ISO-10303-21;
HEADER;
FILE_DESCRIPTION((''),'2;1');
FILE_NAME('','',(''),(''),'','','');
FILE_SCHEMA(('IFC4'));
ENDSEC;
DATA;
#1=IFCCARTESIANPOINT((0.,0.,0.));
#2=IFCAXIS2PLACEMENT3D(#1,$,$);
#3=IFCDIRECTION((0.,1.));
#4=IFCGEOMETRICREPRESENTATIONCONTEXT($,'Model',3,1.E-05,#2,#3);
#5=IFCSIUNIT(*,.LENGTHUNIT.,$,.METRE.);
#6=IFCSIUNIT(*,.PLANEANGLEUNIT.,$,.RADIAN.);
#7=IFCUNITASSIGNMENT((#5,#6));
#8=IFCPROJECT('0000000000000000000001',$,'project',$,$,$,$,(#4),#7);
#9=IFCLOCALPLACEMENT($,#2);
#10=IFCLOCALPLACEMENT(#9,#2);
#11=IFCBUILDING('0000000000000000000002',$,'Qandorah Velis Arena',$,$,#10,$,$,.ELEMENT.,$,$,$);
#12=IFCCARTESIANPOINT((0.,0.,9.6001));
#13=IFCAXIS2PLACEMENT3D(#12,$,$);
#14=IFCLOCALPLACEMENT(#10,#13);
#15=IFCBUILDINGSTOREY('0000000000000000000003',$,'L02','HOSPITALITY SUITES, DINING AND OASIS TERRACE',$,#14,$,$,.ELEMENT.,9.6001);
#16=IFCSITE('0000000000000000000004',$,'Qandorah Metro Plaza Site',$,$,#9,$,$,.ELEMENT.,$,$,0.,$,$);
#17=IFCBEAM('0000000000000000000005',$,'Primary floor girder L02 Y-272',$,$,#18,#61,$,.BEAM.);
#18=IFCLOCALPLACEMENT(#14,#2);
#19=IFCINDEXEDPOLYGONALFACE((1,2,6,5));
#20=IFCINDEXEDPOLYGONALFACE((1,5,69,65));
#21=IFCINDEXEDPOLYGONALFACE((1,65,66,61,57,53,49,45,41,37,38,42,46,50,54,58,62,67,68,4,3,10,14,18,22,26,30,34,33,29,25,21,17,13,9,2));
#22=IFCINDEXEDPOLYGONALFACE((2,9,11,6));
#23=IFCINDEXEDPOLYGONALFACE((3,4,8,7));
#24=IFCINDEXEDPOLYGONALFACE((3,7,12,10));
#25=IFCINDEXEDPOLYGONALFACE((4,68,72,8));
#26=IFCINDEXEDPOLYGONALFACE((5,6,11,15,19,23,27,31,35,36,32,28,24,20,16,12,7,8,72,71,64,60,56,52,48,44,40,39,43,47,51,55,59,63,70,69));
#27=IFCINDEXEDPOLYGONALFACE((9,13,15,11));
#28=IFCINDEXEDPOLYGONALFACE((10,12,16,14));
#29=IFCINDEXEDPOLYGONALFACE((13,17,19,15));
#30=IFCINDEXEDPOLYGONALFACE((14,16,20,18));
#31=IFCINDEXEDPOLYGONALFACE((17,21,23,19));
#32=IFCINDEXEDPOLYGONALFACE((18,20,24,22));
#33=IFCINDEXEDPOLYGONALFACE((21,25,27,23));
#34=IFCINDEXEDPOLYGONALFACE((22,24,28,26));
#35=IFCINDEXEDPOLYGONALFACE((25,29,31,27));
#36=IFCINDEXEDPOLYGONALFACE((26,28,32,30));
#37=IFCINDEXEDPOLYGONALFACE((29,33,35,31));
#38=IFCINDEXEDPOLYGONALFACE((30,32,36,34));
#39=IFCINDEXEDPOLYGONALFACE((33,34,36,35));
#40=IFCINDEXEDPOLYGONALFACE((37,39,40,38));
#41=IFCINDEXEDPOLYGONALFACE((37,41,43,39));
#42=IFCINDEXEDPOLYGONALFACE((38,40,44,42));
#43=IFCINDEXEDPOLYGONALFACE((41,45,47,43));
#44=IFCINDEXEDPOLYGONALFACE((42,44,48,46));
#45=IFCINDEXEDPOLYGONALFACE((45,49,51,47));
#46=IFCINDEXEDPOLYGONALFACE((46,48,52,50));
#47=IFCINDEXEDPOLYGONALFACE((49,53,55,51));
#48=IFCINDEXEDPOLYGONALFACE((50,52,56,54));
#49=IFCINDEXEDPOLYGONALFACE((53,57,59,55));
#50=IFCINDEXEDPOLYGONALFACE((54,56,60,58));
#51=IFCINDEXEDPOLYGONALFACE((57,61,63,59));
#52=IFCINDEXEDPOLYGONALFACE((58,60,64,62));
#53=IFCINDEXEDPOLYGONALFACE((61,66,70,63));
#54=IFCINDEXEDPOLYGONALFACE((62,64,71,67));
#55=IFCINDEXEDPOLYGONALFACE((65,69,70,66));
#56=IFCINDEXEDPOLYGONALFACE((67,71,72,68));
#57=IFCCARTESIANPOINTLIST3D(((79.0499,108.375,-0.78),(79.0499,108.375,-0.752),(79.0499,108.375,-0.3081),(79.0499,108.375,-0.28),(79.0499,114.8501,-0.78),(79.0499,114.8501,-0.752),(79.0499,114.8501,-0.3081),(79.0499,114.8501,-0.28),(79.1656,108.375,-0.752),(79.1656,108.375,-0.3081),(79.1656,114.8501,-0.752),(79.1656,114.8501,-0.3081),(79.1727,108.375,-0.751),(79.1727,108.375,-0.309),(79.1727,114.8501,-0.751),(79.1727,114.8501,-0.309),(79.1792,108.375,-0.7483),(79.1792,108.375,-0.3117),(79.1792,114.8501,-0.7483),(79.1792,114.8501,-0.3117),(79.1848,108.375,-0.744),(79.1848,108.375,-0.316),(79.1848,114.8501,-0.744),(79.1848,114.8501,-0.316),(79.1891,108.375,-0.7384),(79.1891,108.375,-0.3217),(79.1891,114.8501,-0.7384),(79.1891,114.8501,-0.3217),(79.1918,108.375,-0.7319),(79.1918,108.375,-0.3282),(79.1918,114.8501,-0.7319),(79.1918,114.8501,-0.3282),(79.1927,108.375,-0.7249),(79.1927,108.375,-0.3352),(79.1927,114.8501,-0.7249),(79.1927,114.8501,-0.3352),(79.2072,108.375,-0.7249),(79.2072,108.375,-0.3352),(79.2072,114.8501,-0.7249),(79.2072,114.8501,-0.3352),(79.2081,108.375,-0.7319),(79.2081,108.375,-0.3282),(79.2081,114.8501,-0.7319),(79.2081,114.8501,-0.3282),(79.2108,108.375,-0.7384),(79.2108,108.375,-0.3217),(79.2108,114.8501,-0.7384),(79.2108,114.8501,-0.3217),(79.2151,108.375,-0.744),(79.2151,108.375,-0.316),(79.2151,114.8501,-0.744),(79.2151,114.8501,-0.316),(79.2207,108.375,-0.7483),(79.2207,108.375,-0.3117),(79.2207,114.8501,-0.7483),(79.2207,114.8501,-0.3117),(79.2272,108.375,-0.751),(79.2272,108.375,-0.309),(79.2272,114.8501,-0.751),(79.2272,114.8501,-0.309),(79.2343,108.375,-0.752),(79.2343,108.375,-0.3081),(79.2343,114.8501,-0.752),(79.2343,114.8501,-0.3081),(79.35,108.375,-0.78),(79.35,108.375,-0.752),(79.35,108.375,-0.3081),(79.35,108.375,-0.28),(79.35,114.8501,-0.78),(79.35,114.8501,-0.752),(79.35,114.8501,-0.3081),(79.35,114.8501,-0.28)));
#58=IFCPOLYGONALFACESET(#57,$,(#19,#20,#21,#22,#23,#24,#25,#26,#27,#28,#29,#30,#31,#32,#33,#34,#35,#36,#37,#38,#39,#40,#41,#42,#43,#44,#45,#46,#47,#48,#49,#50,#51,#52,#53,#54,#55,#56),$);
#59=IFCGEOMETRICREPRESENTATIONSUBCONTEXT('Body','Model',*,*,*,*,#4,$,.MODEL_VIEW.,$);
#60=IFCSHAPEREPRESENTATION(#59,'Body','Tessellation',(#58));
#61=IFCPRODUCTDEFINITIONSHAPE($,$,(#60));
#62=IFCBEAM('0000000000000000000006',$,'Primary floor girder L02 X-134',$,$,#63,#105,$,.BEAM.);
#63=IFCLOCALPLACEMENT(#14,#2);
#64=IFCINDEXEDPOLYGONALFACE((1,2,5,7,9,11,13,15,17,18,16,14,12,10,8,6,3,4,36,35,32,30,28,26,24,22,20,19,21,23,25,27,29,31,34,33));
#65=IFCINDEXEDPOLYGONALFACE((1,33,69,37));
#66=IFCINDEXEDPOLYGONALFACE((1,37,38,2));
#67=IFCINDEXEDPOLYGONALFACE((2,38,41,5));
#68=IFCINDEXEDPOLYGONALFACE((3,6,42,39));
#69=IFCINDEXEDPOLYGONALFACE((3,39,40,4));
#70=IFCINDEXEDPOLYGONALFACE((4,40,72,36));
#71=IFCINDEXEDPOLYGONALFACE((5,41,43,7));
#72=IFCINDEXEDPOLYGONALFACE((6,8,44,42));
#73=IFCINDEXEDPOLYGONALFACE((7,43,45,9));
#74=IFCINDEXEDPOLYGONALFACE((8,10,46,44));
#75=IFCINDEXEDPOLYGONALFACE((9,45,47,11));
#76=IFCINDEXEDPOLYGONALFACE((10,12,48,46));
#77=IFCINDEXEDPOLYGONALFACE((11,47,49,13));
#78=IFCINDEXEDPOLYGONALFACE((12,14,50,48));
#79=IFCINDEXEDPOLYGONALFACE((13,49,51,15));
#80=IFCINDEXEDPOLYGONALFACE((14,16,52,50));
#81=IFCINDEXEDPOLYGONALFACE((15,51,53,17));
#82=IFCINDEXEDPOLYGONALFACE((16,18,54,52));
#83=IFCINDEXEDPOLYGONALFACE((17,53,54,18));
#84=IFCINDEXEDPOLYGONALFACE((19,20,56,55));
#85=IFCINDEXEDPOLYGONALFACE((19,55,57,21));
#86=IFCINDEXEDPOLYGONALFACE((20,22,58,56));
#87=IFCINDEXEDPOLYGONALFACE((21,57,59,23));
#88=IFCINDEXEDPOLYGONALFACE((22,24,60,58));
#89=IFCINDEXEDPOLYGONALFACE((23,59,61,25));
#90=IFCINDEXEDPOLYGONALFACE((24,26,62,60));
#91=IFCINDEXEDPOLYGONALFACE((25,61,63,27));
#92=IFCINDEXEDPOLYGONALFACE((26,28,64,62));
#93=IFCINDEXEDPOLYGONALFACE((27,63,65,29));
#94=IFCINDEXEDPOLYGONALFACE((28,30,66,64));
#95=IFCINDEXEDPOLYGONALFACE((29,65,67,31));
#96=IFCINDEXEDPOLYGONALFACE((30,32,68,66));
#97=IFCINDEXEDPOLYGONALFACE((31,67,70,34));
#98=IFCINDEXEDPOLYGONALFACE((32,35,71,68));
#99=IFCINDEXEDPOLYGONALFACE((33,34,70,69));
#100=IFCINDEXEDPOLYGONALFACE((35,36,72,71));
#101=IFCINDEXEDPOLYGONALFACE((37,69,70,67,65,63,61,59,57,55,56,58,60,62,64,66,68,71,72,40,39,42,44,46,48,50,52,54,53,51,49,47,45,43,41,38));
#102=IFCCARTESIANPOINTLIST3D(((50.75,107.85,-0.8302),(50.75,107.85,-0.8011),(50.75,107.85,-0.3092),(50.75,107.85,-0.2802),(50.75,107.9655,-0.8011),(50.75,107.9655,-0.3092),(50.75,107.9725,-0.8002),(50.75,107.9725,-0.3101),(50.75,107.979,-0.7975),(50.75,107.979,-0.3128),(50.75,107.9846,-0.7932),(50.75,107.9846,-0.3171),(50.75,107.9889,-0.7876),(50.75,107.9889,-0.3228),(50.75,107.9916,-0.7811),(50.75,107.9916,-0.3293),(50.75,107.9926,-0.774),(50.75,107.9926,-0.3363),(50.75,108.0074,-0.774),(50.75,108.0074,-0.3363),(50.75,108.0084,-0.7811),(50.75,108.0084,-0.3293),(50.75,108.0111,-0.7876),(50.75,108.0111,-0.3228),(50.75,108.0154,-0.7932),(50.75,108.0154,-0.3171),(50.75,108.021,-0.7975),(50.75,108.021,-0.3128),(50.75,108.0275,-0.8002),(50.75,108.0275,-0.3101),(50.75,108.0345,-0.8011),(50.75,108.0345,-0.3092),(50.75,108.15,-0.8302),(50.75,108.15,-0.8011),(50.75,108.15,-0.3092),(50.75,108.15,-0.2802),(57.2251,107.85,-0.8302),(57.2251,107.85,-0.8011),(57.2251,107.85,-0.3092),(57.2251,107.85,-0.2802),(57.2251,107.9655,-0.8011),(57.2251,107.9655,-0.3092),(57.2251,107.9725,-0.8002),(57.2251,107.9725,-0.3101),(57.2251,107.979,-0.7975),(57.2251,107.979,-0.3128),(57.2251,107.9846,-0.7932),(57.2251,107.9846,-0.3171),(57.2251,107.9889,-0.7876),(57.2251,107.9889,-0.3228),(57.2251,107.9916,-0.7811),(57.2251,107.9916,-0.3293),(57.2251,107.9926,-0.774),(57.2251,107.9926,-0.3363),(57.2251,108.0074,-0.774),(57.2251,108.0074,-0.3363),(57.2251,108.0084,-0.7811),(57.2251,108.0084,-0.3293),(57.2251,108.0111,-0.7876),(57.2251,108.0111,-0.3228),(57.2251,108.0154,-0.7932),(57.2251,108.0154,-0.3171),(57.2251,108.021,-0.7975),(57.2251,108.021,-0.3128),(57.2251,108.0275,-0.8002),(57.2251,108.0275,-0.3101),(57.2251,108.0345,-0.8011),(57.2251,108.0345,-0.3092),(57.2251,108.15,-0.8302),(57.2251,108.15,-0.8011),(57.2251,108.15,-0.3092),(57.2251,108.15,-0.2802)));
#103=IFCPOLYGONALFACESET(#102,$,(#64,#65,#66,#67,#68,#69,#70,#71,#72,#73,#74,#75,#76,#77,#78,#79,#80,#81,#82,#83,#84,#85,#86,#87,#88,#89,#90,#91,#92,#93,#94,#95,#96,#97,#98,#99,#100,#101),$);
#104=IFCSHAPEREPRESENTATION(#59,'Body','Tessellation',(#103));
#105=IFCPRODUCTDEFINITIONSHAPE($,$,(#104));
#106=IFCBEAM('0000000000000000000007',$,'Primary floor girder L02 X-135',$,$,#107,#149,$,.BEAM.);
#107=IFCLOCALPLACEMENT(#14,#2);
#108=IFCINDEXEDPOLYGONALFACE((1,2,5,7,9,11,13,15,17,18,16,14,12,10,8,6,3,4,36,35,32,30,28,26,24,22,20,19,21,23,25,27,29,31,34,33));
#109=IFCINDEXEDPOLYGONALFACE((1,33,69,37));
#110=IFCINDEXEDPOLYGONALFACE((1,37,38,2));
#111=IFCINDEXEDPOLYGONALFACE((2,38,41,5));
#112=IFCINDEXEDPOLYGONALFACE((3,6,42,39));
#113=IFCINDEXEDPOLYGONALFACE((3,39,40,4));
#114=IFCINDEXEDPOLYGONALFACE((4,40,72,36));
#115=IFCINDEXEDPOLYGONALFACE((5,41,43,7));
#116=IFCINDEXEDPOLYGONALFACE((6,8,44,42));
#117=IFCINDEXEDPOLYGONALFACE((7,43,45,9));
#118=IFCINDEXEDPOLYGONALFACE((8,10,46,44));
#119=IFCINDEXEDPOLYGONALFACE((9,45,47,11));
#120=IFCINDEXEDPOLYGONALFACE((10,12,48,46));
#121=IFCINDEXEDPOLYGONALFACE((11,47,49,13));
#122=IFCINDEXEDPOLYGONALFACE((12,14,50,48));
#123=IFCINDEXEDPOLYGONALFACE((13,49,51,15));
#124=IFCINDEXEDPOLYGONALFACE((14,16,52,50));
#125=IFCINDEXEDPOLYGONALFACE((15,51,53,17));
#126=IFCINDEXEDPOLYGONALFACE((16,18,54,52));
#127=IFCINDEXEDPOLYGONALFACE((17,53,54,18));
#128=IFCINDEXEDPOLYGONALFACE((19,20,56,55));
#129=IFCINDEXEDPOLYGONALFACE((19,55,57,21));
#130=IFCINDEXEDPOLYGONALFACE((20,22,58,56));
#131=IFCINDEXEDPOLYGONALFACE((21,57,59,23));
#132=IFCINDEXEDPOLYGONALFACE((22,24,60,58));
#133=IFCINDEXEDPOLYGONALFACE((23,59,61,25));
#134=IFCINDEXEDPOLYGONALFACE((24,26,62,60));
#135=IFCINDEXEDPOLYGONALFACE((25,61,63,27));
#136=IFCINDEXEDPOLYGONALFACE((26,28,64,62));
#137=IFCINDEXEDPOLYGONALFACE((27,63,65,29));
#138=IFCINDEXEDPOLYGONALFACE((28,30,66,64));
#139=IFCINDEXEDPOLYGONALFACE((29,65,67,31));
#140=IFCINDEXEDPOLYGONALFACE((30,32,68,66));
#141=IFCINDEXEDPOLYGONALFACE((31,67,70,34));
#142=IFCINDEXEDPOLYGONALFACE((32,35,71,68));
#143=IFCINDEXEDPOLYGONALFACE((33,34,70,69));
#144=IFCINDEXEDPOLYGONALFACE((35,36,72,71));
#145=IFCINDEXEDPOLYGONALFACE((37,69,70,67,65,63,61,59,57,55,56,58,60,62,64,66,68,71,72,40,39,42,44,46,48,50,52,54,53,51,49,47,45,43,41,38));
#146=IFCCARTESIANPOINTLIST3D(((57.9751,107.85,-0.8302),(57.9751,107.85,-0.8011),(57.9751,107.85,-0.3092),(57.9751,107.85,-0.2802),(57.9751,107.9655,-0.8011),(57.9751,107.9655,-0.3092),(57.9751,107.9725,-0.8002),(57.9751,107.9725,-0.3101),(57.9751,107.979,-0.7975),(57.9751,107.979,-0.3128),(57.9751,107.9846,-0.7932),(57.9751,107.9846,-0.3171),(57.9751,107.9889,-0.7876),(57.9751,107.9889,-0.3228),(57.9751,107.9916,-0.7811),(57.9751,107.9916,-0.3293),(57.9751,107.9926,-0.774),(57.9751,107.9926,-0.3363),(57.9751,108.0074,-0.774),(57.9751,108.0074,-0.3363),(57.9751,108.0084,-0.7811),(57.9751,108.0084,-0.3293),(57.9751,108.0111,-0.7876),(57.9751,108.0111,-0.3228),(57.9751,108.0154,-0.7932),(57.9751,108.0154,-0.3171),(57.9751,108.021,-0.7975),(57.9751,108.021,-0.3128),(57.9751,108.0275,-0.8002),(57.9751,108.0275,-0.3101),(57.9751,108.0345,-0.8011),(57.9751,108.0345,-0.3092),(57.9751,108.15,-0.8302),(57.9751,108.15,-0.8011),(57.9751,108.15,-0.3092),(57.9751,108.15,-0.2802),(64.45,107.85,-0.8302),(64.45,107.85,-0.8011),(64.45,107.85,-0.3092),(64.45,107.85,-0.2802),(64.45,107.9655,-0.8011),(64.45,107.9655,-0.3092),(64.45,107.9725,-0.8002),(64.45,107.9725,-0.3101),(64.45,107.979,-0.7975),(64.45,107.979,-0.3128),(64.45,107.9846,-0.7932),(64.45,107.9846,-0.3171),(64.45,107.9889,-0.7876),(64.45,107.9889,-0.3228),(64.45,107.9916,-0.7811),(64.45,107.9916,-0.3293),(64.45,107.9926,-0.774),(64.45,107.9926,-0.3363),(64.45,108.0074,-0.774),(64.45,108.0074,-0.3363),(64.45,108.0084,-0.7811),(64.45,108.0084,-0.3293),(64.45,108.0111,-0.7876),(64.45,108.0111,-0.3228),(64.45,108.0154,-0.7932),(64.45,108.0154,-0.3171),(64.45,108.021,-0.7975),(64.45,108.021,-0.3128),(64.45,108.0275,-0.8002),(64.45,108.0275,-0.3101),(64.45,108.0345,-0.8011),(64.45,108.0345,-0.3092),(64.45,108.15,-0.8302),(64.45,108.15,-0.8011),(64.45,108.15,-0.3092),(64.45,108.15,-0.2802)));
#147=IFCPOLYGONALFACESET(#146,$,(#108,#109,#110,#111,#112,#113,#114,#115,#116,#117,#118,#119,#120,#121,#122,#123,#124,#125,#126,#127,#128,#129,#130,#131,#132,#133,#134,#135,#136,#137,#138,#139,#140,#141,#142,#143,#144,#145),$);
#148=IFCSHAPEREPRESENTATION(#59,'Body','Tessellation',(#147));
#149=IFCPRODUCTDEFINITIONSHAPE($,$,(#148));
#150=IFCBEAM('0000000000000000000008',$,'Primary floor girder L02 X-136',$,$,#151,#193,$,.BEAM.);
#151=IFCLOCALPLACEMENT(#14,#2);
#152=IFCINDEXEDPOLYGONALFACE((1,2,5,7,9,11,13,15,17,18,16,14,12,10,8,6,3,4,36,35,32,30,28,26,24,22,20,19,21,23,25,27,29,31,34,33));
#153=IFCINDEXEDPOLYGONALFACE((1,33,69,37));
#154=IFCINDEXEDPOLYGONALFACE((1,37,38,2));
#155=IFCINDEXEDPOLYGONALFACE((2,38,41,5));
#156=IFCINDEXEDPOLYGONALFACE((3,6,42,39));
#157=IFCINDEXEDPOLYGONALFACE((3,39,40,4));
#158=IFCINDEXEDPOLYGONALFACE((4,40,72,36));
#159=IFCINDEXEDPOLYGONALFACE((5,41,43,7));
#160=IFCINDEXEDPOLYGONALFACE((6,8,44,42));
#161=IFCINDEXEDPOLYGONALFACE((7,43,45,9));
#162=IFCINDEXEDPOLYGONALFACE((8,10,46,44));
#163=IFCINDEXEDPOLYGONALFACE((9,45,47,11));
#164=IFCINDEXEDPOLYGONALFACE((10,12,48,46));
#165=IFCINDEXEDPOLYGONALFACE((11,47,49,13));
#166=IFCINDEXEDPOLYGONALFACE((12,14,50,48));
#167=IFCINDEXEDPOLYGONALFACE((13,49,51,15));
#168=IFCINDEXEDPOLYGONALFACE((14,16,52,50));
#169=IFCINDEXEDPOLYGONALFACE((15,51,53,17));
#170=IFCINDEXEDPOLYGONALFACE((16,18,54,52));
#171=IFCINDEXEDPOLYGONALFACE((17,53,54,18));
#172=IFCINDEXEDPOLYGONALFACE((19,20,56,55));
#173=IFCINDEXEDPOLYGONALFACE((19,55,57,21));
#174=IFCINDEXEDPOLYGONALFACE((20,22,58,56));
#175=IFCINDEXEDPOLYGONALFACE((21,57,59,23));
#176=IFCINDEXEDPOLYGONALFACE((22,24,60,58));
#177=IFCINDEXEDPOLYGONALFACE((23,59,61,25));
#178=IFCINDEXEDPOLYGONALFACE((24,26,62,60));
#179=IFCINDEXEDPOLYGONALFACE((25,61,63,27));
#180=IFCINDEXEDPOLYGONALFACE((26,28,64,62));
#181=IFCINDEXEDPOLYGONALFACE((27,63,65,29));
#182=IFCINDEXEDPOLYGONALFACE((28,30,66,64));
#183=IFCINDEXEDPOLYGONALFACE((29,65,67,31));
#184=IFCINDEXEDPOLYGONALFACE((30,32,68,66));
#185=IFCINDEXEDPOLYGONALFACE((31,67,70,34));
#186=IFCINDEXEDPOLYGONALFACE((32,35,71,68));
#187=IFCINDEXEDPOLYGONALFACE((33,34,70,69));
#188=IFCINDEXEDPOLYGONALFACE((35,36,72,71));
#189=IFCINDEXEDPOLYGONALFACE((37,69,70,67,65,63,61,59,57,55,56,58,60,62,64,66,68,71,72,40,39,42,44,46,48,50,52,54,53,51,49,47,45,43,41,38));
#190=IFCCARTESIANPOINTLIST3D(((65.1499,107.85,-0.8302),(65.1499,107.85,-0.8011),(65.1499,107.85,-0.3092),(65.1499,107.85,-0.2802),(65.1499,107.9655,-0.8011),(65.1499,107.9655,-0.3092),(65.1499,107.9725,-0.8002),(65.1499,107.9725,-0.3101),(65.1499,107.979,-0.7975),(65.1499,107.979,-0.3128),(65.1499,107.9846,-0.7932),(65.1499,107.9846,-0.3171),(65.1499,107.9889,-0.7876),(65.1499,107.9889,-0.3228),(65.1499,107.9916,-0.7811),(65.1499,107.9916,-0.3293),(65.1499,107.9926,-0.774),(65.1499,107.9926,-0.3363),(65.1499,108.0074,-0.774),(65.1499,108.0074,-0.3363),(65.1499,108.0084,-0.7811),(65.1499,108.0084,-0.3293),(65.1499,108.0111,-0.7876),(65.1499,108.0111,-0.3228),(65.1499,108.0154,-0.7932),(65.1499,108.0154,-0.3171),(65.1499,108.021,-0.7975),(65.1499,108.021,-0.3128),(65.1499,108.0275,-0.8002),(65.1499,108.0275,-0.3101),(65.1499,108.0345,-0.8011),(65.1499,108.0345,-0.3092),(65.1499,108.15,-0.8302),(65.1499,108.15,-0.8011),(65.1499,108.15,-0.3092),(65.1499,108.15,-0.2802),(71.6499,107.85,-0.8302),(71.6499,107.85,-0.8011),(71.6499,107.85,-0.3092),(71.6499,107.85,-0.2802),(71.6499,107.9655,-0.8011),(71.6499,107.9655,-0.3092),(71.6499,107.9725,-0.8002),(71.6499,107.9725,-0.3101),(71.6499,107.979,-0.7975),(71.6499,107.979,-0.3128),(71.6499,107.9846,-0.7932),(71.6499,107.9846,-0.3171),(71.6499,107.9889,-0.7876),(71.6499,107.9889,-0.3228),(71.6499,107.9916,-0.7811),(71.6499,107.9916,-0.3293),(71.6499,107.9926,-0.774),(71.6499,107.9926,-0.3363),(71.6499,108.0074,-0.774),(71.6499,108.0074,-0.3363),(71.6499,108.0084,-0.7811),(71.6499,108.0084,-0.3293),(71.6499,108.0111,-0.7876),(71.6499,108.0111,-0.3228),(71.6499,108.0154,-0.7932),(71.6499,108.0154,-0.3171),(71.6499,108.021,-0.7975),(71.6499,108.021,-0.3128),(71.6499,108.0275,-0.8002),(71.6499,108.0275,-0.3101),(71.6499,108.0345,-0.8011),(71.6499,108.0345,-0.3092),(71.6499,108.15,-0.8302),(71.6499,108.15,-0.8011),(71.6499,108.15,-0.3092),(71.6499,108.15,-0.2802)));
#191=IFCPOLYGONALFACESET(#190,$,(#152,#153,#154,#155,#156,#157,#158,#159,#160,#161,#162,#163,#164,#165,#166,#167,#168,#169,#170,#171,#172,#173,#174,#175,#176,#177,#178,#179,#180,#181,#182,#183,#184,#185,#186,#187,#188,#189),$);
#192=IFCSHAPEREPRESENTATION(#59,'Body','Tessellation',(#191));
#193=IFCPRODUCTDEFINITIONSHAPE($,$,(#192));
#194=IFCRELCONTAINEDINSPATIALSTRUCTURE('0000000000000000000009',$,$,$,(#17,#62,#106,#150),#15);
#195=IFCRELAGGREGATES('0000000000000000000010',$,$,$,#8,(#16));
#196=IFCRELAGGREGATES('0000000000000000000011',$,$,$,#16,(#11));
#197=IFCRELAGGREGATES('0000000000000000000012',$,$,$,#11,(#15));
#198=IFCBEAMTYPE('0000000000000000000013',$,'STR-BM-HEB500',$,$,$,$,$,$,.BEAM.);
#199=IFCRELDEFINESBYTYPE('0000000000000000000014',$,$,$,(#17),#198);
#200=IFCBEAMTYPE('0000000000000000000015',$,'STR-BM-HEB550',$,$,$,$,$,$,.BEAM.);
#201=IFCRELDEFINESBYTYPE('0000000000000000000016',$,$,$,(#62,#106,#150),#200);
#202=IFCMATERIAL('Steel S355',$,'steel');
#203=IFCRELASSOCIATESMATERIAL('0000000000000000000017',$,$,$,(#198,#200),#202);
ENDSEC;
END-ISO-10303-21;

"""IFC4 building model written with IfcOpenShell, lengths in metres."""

from ifc_helpers import new_model, si_unit, direction, frame, origin, origin_2d, place, context, subcontext, project, spatial, i_section, extrude, material, material_profile, profile_set, type_object, element, save


model = new_model("IFC4")

# Units and contexts
model_context = context("Model", 3, precision=1e-05, world=origin(), true_north=direction((0.0, 1.0)))
body_context = subcontext(model_context, "Body", "Model", "MODEL_VIEW")
ifc_project = project(units=[si_unit("LENGTHUNIT", "METRE"), si_unit("PLANEANGLEUNIT", "RADIAN")], contexts=[model_context])

# Site, building, storey
site_placement = place(None, origin())
site = spatial("IfcSite", under=ifc_project, at=site_placement, Name="Qandorah Metro Plaza Site", CompositionType="ELEMENT", RefElevation=0.0)
building_placement = place(site_placement, origin())
building = spatial("IfcBuilding", under=site, at=building_placement, Name="Qandorah Velis Arena", CompositionType="ELEMENT")
storey_placement = place(building_placement, frame((0.0, 0.0, 9.6001)))
storey = spatial("IfcBuildingStorey", under=building, at=storey_placement, Name="L02", Description="HOSPITALITY SUITES, DINING AND OASIS TERRACE", CompositionType="ELEMENT", Elevation=9.6001)

# Shared definitions
ifc_material_1 = material(Name="Steel S355", Category="steel")

# Beams
ifc_material_profile_1 = material_profile(ifc_material_1, i_section(OverallWidth=0.3, OverallDepth=0.5, WebThickness=0.0144, FlangeThickness=0.0281, FilletRadius=0.0271, at=origin_2d()), Name="HEB 500")
ifc_profile_set_1 = profile_set([ifc_material_profile_1], Name="Steel S355")
beam_type_1 = type_object("IfcBeamType", Name="STR-BM-HEB500", PredefinedType="BEAM", material=ifc_profile_set_1)
beam_1_placement = place(storey_placement, frame((79.2, 108.375, -0.53), z_axis=(0.0, 1.0, 0.0), x_axis=(-1.0, 0.0, 0.0)))
element("IfcBeam", 1, at=beam_1_placement, inside=storey, type_object=beam_type_1, Name="Primary floor girder L02 Y-272", PredefinedType="BEAM", context=body_context, shape_type="SweptSolid", body=[
    extrude(i_section(OverallWidth=0.3, OverallDepth=0.5, WebThickness=0.0144, FlangeThickness=0.0281, FilletRadius=0.0271, at=origin_2d()), origin(), (0.0, 0.0, 1.0), 6.4751),
])
ifc_material_profile_2 = material_profile(ifc_material_1, i_section(OverallWidth=0.3, OverallDepth=0.55, WebThickness=0.0149, FlangeThickness=0.0291, FilletRadius=0.0271, at=origin_2d()), Name="HEB 550")
ifc_profile_set_2 = profile_set([ifc_material_profile_2], Name="Steel S355")
beam_type_2 = type_object("IfcBeamType", Name="STR-BM-HEB550", PredefinedType="BEAM", material=ifc_profile_set_2)
beam_2_placement = place(storey_placement, frame((50.75, 108.0, -0.5552), z_axis=(1.0, 0.0, 0.0), x_axis=(0.0, 1.0, 0.0)))
element("IfcBeam", 2, at=beam_2_placement, inside=storey, type_object=beam_type_2, Name="Primary floor girder L02 X-134", PredefinedType="BEAM", context=body_context, shape_type="SweptSolid", body=[
    extrude(i_section(OverallWidth=0.3, OverallDepth=0.55, WebThickness=0.0149, FlangeThickness=0.0291, FilletRadius=0.0271, at=origin_2d()), origin(), (0.0, 0.0, 1.0), 6.4751),
])
beam_3_placement = place(storey_placement, frame((57.9751, 108.0, -0.5552), z_axis=(1.0, 0.0, 0.0), x_axis=(0.0, 1.0, 0.0)))
element("IfcBeam", 3, at=beam_3_placement, inside=storey, type_object=beam_type_2, Name="Primary floor girder L02 X-135", PredefinedType="BEAM", context=body_context, shape_type="SweptSolid", body=[
    extrude(i_section(OverallWidth=0.3, OverallDepth=0.55, WebThickness=0.0149, FlangeThickness=0.0291, FilletRadius=0.0271, at=origin_2d()), origin(), (0.0, 0.0, 1.0), 6.4749),
])
beam_4_placement = place(storey_placement, frame((65.1499, 108.0, -0.5552), z_axis=(1.0, 0.0, 0.0), x_axis=(0.0, 1.0, 0.0)))
element("IfcBeam", 4, at=beam_4_placement, inside=storey, type_object=beam_type_2, Name="Primary floor girder L02 X-136", PredefinedType="BEAM", context=body_context, shape_type="SweptSolid", body=[
    extrude(i_section(OverallWidth=0.3, OverallDepth=0.55, WebThickness=0.0149, FlangeThickness=0.0291, FilletRadius=0.0271, at=origin_2d()), origin(), (0.0, 0.0, 1.0), 6.5),
])

save(model, "model.ifc")
